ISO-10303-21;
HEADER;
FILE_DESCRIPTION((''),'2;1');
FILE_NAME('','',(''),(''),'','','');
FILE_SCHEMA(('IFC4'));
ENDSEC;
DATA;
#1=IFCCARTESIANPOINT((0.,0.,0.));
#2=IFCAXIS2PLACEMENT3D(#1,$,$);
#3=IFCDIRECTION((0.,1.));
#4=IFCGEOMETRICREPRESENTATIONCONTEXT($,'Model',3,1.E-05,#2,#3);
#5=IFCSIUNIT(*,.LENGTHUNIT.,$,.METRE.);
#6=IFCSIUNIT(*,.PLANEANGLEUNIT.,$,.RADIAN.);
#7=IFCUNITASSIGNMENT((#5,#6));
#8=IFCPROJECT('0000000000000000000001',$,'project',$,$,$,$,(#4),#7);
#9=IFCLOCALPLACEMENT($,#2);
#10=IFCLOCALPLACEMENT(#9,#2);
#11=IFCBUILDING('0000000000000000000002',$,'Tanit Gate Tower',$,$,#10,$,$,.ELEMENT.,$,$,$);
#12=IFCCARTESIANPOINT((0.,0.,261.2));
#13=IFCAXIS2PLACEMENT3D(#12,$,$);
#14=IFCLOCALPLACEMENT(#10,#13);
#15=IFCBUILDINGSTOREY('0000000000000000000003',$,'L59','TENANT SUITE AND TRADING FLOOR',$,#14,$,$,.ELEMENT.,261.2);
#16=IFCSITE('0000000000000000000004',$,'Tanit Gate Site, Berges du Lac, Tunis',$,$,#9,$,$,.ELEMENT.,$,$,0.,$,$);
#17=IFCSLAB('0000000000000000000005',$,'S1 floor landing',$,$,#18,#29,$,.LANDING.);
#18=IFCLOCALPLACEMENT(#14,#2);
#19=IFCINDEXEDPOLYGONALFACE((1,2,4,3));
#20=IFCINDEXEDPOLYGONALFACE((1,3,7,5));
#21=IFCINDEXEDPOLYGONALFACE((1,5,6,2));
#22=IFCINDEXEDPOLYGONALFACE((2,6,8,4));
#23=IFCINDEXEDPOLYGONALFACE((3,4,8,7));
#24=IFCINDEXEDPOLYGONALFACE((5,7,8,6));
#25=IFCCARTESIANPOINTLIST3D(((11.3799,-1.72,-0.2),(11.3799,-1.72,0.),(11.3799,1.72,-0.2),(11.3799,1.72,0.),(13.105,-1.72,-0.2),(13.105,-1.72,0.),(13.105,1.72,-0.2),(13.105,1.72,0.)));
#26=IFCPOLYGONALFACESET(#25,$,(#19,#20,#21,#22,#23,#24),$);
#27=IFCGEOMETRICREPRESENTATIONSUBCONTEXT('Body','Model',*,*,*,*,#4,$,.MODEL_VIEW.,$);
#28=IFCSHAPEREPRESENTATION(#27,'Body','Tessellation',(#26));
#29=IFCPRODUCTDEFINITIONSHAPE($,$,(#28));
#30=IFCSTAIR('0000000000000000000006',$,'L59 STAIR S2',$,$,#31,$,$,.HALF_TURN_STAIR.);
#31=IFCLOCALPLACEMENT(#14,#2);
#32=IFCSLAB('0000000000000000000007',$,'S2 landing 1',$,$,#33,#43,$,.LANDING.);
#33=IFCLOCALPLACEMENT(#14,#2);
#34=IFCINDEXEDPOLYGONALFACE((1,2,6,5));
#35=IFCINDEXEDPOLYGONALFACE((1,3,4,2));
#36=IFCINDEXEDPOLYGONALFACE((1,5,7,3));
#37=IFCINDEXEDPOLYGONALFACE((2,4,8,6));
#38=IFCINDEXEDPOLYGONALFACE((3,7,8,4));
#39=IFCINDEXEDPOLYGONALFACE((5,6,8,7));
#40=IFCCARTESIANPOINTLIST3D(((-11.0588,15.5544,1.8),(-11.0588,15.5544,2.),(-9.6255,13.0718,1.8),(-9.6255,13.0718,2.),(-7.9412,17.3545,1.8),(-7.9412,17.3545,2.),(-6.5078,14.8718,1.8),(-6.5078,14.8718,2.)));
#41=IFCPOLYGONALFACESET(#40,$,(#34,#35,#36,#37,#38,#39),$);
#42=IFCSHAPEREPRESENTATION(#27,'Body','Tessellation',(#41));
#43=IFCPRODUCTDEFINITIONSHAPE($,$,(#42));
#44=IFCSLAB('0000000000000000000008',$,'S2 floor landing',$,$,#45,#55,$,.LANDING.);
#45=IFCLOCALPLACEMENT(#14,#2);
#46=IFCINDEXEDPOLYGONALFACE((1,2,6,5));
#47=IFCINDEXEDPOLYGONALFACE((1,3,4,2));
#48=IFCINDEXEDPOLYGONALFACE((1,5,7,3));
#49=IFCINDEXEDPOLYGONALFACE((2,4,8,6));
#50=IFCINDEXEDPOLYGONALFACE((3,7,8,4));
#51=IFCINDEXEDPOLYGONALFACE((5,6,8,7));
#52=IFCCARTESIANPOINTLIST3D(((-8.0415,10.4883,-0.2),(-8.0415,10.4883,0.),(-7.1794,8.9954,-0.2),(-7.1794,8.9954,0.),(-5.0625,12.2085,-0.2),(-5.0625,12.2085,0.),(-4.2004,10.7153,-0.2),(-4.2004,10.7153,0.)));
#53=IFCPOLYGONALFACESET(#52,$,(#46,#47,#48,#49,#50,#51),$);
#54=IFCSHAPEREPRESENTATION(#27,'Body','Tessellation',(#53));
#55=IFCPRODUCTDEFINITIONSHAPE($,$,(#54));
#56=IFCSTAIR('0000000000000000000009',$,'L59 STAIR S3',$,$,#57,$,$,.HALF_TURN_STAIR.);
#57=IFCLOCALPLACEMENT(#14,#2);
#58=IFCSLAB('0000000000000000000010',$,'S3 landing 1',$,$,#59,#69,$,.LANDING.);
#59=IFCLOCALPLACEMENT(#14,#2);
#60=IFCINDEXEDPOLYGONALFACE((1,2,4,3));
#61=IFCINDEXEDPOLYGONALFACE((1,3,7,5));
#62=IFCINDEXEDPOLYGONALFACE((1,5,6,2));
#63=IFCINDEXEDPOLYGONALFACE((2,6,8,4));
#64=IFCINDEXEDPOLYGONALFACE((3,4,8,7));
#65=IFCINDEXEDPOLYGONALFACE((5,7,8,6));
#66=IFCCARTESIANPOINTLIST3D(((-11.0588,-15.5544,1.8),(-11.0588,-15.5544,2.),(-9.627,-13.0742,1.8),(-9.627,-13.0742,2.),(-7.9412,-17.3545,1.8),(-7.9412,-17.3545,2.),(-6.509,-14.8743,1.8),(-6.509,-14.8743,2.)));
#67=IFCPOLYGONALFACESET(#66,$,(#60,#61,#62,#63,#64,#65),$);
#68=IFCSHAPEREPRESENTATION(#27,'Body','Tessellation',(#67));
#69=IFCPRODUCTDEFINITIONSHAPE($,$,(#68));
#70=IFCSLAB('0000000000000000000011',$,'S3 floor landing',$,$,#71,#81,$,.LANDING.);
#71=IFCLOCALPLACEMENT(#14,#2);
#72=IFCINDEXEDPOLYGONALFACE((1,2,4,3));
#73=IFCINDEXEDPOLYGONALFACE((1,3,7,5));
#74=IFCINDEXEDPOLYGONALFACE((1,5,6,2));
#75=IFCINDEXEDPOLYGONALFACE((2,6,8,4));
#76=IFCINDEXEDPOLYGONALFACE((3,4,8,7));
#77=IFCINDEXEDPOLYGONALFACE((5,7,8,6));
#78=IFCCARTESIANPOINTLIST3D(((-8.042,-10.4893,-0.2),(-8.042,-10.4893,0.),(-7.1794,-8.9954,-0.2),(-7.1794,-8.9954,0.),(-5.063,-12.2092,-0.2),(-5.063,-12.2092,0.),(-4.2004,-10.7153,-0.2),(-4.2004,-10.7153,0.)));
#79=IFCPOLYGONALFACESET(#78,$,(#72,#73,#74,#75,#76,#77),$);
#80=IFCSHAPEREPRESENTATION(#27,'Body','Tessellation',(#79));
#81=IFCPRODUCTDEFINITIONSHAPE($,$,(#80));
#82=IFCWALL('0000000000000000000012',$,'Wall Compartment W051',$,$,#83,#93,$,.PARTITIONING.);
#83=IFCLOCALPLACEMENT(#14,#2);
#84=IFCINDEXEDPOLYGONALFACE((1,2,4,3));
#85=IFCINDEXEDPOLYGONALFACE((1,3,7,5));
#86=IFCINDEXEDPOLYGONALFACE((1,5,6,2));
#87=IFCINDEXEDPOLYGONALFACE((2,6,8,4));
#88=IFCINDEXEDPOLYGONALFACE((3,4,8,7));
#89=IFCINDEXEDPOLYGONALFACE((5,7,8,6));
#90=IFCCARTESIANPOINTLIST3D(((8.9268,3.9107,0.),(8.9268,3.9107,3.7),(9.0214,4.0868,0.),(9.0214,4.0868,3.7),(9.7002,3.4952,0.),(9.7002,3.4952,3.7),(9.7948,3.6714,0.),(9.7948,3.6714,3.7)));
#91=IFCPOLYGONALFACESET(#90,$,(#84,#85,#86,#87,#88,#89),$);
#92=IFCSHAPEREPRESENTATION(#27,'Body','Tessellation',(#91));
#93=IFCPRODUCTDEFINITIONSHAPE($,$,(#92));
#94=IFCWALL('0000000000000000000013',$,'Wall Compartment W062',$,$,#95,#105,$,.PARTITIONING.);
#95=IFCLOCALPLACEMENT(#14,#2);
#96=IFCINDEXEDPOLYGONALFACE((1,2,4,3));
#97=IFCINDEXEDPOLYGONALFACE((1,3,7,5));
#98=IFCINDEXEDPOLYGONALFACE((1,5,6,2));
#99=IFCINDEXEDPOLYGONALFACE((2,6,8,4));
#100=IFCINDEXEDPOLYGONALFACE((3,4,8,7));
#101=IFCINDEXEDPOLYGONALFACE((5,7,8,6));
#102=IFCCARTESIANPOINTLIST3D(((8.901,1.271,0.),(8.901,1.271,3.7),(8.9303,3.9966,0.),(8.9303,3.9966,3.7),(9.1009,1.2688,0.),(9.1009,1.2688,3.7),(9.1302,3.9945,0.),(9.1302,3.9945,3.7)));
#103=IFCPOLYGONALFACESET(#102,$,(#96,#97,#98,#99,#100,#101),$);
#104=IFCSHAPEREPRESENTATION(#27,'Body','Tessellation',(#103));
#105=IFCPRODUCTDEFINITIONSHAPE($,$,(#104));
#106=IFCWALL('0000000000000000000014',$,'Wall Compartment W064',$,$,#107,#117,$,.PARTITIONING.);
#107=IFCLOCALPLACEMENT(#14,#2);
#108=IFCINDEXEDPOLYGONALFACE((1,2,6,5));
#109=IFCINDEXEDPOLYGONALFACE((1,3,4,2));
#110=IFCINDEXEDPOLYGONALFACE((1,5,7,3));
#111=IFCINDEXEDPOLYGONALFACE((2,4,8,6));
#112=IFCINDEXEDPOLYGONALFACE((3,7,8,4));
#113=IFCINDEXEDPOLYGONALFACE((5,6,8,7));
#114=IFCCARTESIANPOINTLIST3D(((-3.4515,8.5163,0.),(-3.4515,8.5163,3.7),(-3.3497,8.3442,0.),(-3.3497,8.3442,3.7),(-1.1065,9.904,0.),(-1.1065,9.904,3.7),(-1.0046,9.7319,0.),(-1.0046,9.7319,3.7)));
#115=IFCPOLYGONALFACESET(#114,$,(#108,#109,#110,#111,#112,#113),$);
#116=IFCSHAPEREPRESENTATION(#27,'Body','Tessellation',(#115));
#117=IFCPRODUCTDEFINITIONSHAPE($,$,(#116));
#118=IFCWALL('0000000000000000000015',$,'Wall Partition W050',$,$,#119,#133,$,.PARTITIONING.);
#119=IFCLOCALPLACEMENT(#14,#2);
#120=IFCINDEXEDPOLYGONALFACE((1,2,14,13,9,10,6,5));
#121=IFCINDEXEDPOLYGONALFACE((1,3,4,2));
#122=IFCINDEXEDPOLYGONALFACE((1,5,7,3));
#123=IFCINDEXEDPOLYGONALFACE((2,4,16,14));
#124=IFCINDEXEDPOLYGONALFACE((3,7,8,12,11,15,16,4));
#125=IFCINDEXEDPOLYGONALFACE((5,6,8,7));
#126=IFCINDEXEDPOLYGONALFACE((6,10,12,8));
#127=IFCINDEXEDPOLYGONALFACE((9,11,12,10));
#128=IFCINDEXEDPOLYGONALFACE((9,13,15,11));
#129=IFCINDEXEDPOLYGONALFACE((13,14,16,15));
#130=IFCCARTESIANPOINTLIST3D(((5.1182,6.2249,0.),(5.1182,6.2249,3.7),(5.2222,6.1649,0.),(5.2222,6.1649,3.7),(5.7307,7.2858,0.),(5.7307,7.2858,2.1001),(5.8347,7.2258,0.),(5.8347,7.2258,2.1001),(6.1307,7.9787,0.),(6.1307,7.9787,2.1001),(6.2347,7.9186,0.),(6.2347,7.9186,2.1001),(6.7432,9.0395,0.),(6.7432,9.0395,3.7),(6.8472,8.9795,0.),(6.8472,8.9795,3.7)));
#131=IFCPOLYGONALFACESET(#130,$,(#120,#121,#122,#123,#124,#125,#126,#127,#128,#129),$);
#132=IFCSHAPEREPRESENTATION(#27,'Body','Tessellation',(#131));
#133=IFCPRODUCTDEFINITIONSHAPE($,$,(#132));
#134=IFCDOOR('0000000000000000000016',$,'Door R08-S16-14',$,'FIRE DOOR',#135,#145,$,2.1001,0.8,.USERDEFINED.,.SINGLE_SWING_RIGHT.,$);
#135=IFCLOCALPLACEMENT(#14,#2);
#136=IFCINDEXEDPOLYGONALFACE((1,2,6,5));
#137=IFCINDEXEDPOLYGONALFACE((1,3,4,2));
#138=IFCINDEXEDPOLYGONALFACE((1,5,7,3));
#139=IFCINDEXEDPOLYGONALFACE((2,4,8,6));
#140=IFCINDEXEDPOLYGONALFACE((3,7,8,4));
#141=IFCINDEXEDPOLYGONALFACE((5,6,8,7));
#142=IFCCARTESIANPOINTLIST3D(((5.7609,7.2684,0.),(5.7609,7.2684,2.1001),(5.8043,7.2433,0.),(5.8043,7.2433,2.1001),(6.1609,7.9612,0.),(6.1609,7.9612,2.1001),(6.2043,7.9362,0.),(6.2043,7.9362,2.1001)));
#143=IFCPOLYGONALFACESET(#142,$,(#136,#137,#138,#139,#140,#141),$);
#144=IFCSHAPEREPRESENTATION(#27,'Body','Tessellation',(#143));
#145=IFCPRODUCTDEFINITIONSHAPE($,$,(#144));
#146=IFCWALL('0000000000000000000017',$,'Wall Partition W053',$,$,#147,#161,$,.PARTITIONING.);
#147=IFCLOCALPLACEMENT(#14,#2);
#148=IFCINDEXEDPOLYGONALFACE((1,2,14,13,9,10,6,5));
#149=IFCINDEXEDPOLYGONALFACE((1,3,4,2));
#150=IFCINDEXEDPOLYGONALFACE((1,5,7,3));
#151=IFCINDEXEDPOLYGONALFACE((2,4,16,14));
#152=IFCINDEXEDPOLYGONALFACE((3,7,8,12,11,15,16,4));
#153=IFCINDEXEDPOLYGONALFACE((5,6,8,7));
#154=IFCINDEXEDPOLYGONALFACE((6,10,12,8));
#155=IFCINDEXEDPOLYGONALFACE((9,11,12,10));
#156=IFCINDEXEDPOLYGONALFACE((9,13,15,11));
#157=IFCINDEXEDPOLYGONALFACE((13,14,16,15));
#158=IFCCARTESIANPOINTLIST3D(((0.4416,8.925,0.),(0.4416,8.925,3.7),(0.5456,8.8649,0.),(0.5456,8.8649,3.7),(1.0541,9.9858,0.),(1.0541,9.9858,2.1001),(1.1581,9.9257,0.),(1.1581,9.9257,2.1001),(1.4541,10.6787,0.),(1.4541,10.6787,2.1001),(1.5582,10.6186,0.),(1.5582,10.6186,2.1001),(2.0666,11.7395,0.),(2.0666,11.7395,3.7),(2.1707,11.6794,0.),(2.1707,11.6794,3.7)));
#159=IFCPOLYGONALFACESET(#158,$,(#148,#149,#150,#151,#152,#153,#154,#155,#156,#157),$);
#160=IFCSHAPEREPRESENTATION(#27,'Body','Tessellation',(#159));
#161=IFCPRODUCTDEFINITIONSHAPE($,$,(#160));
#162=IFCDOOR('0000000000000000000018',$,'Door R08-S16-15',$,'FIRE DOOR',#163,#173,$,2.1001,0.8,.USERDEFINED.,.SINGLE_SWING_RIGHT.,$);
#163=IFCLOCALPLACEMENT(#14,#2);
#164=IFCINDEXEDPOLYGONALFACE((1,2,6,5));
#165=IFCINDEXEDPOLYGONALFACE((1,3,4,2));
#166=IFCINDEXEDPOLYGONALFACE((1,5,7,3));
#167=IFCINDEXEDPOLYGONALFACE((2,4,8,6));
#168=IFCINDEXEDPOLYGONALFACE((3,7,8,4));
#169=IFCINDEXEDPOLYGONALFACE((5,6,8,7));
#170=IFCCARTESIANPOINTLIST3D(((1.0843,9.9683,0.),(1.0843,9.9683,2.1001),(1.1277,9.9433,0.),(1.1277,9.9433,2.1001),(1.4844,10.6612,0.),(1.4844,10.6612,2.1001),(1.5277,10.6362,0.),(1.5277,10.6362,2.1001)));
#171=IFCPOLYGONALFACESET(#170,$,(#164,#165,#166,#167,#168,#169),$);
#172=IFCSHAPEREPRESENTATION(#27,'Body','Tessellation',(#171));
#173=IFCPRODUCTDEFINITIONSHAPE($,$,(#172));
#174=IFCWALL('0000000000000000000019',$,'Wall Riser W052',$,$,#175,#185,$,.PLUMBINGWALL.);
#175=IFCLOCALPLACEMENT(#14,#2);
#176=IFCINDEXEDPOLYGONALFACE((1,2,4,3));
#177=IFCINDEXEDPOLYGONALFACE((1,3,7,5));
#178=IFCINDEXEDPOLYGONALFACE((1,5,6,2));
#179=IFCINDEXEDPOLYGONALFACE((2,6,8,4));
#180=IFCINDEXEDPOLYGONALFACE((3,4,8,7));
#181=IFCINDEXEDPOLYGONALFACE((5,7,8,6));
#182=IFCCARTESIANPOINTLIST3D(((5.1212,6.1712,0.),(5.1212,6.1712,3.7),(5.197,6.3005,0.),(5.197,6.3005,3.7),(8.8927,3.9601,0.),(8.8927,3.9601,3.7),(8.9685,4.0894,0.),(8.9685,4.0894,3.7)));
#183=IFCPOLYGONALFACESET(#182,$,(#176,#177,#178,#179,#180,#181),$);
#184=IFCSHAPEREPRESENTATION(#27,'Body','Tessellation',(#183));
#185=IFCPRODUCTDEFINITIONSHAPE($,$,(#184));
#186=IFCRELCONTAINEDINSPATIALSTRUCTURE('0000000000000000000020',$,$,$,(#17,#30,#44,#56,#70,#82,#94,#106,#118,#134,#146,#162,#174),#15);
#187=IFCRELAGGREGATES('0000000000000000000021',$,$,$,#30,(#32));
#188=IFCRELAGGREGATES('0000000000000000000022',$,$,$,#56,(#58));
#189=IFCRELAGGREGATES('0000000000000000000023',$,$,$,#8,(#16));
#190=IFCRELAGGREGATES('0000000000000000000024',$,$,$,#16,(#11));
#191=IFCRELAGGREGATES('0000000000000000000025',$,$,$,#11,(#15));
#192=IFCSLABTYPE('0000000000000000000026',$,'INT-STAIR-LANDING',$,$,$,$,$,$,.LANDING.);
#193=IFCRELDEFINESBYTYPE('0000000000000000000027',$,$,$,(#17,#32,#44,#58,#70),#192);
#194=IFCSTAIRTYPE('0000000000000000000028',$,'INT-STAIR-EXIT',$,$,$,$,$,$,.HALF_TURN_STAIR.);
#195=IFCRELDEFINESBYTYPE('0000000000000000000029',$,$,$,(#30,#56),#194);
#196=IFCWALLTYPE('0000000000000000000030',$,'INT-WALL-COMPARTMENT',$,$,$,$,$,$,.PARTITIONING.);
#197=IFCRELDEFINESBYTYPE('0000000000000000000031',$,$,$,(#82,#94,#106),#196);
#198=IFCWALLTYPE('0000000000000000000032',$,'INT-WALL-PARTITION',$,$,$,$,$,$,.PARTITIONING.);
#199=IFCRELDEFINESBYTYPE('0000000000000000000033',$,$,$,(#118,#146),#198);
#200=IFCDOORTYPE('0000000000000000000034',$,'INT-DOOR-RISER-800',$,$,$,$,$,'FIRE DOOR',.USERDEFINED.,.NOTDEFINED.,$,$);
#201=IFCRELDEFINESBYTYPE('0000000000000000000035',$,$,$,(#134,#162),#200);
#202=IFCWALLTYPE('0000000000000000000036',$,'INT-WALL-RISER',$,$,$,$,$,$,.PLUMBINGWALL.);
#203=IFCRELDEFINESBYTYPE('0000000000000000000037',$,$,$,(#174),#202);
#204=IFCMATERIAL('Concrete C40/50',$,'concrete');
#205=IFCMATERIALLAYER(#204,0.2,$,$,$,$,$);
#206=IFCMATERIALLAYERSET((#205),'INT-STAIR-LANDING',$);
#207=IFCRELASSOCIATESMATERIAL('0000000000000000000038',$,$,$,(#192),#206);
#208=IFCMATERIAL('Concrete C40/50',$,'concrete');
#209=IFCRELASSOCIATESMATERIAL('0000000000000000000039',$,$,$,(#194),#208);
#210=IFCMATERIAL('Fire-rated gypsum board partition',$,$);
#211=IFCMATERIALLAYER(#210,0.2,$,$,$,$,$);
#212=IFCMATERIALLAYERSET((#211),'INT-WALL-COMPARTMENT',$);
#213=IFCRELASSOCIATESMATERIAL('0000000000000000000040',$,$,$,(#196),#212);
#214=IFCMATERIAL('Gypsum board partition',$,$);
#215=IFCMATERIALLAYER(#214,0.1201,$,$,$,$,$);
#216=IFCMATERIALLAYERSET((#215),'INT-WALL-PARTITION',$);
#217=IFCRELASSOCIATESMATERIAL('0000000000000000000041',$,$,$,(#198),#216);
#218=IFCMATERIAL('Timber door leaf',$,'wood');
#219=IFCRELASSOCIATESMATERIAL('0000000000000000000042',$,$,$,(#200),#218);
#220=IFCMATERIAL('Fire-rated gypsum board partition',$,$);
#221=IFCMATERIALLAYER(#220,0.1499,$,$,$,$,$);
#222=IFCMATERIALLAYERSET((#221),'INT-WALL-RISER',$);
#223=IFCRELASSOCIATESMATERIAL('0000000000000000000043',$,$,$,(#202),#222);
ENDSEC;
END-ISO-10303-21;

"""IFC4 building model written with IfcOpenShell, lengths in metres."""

from ifc_helpers import new_model, si_unit, direction, frame, frame_2d, origin, place, context, subcontext, project, spatial, polyline, rectangle, outline, extrude, material, layer, layer_set, type_object, element, fill, aggregate, save


model = new_model("IFC4")

# Units and contexts
model_context = context("Model", 3, precision=1e-05, world=origin(), true_north=direction((0.0, 1.0)))
body_context = subcontext(model_context, "Body", "Model", "MODEL_VIEW")
ifc_project = project(units=[si_unit("LENGTHUNIT", "METRE"), si_unit("PLANEANGLEUNIT", "RADIAN")], contexts=[model_context])

# Site, building, storey
site_placement = place(None, origin())
site = spatial("IfcSite", under=ifc_project, at=site_placement, Name="Tanit Gate Site, Berges du Lac, Tunis", CompositionType="ELEMENT", RefElevation=0.0)
building_placement = place(site_placement, origin())
building = spatial("IfcBuilding", under=site, at=building_placement, Name="Tanit Gate Tower", CompositionType="ELEMENT")
storey_placement = place(building_placement, frame((0.0, 0.0, 261.2)))
storey = spatial("IfcBuildingStorey", under=building, at=storey_placement, Name="L59", Description="TENANT SUITE AND TRADING FLOOR", CompositionType="ELEMENT", Elevation=261.2)

# Slab
ifc_material_1 = material(Name="Concrete C40/50", Category="concrete")
ifc_layer_1 = layer(ifc_material_1, 0.2)
ifc_layer_set_1 = layer_set([ifc_layer_1], Name="INT-STAIR-LANDING")
slab_type = type_object("IfcSlabType", Name="INT-STAIR-LANDING", PredefinedType="LANDING", material=ifc_layer_set_1)
slab_1_placement = place(storey_placement, frame((0.0, 0.0, -0.2)))
element("IfcSlab", 1, at=slab_1_placement, inside=storey, type_object=slab_type, Name="S1 floor landing", PredefinedType="LANDING", context=body_context, shape_type="SweptSolid", body=[
    extrude(outline(polyline([(11.3799, -1.72), (13.105, -1.72), (13.105, 1.72), (11.3799, 1.72), (11.3799, -1.72)])), origin(), (0.0, 0.0, 1.0), 0.2),
])

# Stair, slab
ifc_material_2 = material(Name="Concrete C40/50", Category="concrete")
stair_type = type_object("IfcStairType", Name="INT-STAIR-EXIT", PredefinedType="HALF_TURN_STAIR", material=ifc_material_2)
stair_1_placement = place(storey_placement, origin())
stair_1 = element("IfcStair", 2, at=stair_1_placement, inside=storey, type_object=stair_type, Name="L59 STAIR S2", PredefinedType="HALF_TURN_STAIR")
slab_2_placement = place(storey_placement, frame((0.0, 0.0, 1.8)))
slab_2 = element("IfcSlab", 3, at=slab_2_placement, type_object=slab_type, Name="S2 landing 1", PredefinedType="LANDING", context=body_context, shape_type="SweptSolid", body=[
    extrude(outline(polyline([(-6.5078, 14.8718), (-7.9412, 17.3545), (-11.0588, 15.5544), (-9.6255, 13.0718), (-6.5078, 14.8718)])), origin(), (0.0, 0.0, 1.0), 0.2),
])
aggregate(stair_1, [slab_2])

# Slab
slab_3_placement = place(storey_placement, frame((0.0, 0.0, -0.2)))
element("IfcSlab", 4, at=slab_3_placement, inside=storey, type_object=slab_type, Name="S2 floor landing", PredefinedType="LANDING", context=body_context, shape_type="SweptSolid", body=[
    extrude(outline(polyline([(-4.2004, 10.7153), (-5.0625, 12.2085), (-8.0415, 10.4883), (-7.1794, 8.9954), (-4.2004, 10.7153)])), origin(), (0.0, 0.0, 1.0), 0.2),
])

# Stair, slab
stair_2_placement = place(storey_placement, origin())
stair_2 = element("IfcStair", 5, at=stair_2_placement, inside=storey, type_object=stair_type, Name="L59 STAIR S3", PredefinedType="HALF_TURN_STAIR")
slab_4_placement = place(storey_placement, frame((0.0, 0.0, 1.8)))
slab_4 = element("IfcSlab", 6, at=slab_4_placement, type_object=slab_type, Name="S3 landing 1", PredefinedType="LANDING", context=body_context, shape_type="SweptSolid", body=[
    extrude(outline(polyline([(-9.627, -13.0742), (-11.0588, -15.5544), (-7.9412, -17.3545), (-6.509, -14.8743), (-9.627, -13.0742)])), origin(), (0.0, 0.0, 1.0), 0.2),
])
aggregate(stair_2, [slab_4])

# Slab
slab_5_placement = place(storey_placement, frame((0.0, 0.0, -0.2)))
element("IfcSlab", 7, at=slab_5_placement, inside=storey, type_object=slab_type, Name="S3 floor landing", PredefinedType="LANDING", context=body_context, shape_type="SweptSolid", body=[
    extrude(outline(polyline([(-7.1794, -8.9954), (-8.042, -10.4893), (-5.063, -12.2092), (-4.2004, -10.7153), (-7.1794, -8.9954)])), origin(), (0.0, 0.0, 1.0), 0.2),
])

# Walls
ifc_material_3 = material(Name="Fire-rated gypsum board partition")
ifc_layer_2 = layer(ifc_material_3, 0.2)
ifc_layer_set_2 = layer_set([ifc_layer_2], Name="INT-WALL-COMPARTMENT")
wall_type_1 = type_object("IfcWallType", Name="INT-WALL-COMPARTMENT", PredefinedType="PARTITIONING", material=ifc_layer_set_2)
wall_1_placement = place(storey_placement, frame((8.9741, 3.9988, 0.0), z_axis=(0.0, 0.0, 1.0), x_axis=(0.880917, -0.473271, 0.0)))
element("IfcWall", 8, at=wall_1_placement, inside=storey, type_object=wall_type_1, Name="Wall Compartment W051", PredefinedType="PARTITIONING", context=body_context, shape_type="SweptSolid", body=[
    extrude(rectangle(XDim=0.8779, YDim=0.2, at=frame_2d((0.439, 0.0))), origin(), (0.0, 0.0, 1.0), 3.7),
])
wall_2_placement = place(storey_placement, frame((9.001, 1.27, 0.0), z_axis=(0.0, 0.0, 1.0), x_axis=(0.010748, 0.999942, 0.0)))
element("IfcWall", 9, at=wall_2_placement, inside=storey, type_object=wall_type_1, Name="Wall Compartment W062", PredefinedType="PARTITIONING", context=body_context, shape_type="SweptSolid", body=[
    extrude(rectangle(XDim=2.7258, YDim=0.2, at=frame_2d((1.3628, 0.0))), origin(), (0.0, 0.0, 1.0), 3.7),
])
wall_3_placement = place(storey_placement, frame((-1.0557, 9.8179, 0.0), z_axis=(0.0, 0.0, 1.0), x_axis=(-0.8606, -0.509282, 0.0)))
element("IfcWall", 10, at=wall_3_placement, inside=storey, type_object=wall_type_1, Name="Wall Compartment W064", PredefinedType="PARTITIONING", context=body_context, shape_type="SweptSolid", body=[
    extrude(rectangle(XDim=2.7249, YDim=0.2, at=frame_2d((1.3623, 0.0))), origin(), (0.0, 0.0, 1.0), 3.7),
])

# Walls, openings, doors
ifc_material_4 = material(Name="Gypsum board partition")
ifc_layer_3 = layer(ifc_material_4, 0.1201)
ifc_layer_set_3 = layer_set([ifc_layer_3], Name="INT-WALL-PARTITION")
wall_type_2 = type_object("IfcWallType", Name="INT-WALL-PARTITION", PredefinedType="PARTITIONING", material=ifc_layer_set_3)
wall_4_placement = place(storey_placement, frame((6.7952, 9.0095, 0.0), z_axis=(0.0, 0.0, 1.0), x_axis=(-0.499985, -0.866034, 0.0)))
wall_4 = element("IfcWall", 11, at=wall_4_placement, inside=storey, type_object=wall_type_2, Name="Wall Partition W050", PredefinedType="PARTITIONING", context=body_context, shape_type="SweptSolid", body=[
    extrude(rectangle(XDim=3.25, YDim=0.1201, at=frame_2d((1.625, 0.0))), origin(), (0.0, 0.0, 1.0), 3.7),
])
opening_1_placement = place(wall_4_placement, frame((1.2251, 0.0, 0.0)))
opening_1 = element("IfcOpeningElement", 12, at=opening_1_placement, cuts=wall_4, PredefinedType="OPENING", context=body_context, shape_type="SweptSolid", body=[
    extrude(rectangle(XDim=0.8, YDim=2.1001, at=frame_2d((0.3999, 1.05))), frame((0.0, 0.0701, 0.0), z_axis=(0.0, -1.0, 0.0), x_axis=(1.0, 0.0, 0.0)), (0.0, 0.0, 1.0), 0.1401),
])
ifc_material_5 = material(Name="Timber door leaf", Category="wood")
door_type_1 = type_object("IfcDoorType", Name="INT-DOOR-RISER-800", ElementType="FIRE DOOR", OperationType="NOTDEFINED", PredefinedType="USERDEFINED", material=ifc_material_5)
door_1_placement = place(opening_1_placement, origin())
door_1 = element("IfcDoor", 13, at=door_1_placement, inside=storey, type_object=door_type_1, Name="Door R08-S16-14", ObjectType="FIRE DOOR", OperationType="SINGLE_SWING_RIGHT", OverallHeight=2.1001, OverallWidth=0.8, PredefinedType="USERDEFINED", context=body_context, shape_type="SweptSolid", body=[
    extrude(rectangle(XDim=0.8, YDim=2.1001, at=frame_2d((0.3999, 1.05))), frame((0.0, 0.0249, 0.0), z_axis=(0.0, -1.0, 0.0), x_axis=(1.0, 0.0, 0.0)), (0.0, 0.0, 1.0), 0.05),
])
fill(opening_1, door_1)
wall_5_placement = place(storey_placement, frame((2.1187, 11.7095, 0.0), z_axis=(0.0, 0.0, 1.0), x_axis=(-0.500017, -0.866015, 0.0)))
wall_5 = element("IfcWall", 14, at=wall_5_placement, inside=storey, type_object=wall_type_2, Name="Wall Partition W053", PredefinedType="PARTITIONING", context=body_context, shape_type="SweptSolid", body=[
    extrude(rectangle(XDim=3.25, YDim=0.1201, at=frame_2d((1.625, 0.0))), origin(), (0.0, 0.0, 1.0), 3.7),
])
opening_2_placement = place(wall_5_placement, frame((1.2251, 0.0, 0.0)))
opening_2 = element("IfcOpeningElement", 15, at=opening_2_placement, cuts=wall_5, PredefinedType="OPENING", context=body_context, shape_type="SweptSolid", body=[
    extrude(rectangle(XDim=0.8, YDim=2.1001, at=frame_2d((0.3999, 1.05))), frame((0.0, 0.0701, 0.0), z_axis=(0.0, -1.0, 0.0), x_axis=(1.0, 0.0, 0.0)), (0.0, 0.0, 1.0), 0.1401),
])
door_2_placement = place(opening_2_placement, origin())
door_2 = element("IfcDoor", 16, at=door_2_placement, inside=storey, type_object=door_type_1, Name="Door R08-S16-15", ObjectType="FIRE DOOR", OperationType="SINGLE_SWING_RIGHT", OverallHeight=2.1001, OverallWidth=0.8, PredefinedType="USERDEFINED", context=body_context, shape_type="SweptSolid", body=[
    extrude(rectangle(XDim=0.8, YDim=2.1001, at=frame_2d((0.3999, 1.05))), frame((0.0, 0.0249, 0.0), z_axis=(0.0, -1.0, 0.0), x_axis=(1.0, 0.0, 0.0)), (0.0, 0.0, 1.0), 0.05),
])
fill(opening_2, door_2)

# Wall
ifc_material_6 = material(Name="Fire-rated gypsum board partition")
ifc_layer_4 = layer(ifc_material_6, 0.1499)
ifc_layer_set_4 = layer_set([ifc_layer_4], Name="INT-WALL-RISER")
wall_type_3 = type_object("IfcWallType", Name="INT-WALL-RISER", PredefinedType="PLUMBINGWALL", material=ifc_layer_set_4)
wall_6_placement = place(storey_placement, frame((8.9307, 4.0247, 0.0), z_axis=(0.0, 0.0, 1.0), x_axis=(-0.862667, 0.505773, 0.0)))
element("IfcWall", 17, at=wall_6_placement, inside=storey, type_object=wall_type_3, Name="Wall Riser W052", PredefinedType="PLUMBINGWALL", context=body_context, shape_type="SweptSolid", body=[
    extrude(rectangle(XDim=4.3718, YDim=0.1499, at=frame_2d((2.186, 0.0))), origin(), (0.0, 0.0, 1.0), 3.7),
])

save(model, "model.ifc")
